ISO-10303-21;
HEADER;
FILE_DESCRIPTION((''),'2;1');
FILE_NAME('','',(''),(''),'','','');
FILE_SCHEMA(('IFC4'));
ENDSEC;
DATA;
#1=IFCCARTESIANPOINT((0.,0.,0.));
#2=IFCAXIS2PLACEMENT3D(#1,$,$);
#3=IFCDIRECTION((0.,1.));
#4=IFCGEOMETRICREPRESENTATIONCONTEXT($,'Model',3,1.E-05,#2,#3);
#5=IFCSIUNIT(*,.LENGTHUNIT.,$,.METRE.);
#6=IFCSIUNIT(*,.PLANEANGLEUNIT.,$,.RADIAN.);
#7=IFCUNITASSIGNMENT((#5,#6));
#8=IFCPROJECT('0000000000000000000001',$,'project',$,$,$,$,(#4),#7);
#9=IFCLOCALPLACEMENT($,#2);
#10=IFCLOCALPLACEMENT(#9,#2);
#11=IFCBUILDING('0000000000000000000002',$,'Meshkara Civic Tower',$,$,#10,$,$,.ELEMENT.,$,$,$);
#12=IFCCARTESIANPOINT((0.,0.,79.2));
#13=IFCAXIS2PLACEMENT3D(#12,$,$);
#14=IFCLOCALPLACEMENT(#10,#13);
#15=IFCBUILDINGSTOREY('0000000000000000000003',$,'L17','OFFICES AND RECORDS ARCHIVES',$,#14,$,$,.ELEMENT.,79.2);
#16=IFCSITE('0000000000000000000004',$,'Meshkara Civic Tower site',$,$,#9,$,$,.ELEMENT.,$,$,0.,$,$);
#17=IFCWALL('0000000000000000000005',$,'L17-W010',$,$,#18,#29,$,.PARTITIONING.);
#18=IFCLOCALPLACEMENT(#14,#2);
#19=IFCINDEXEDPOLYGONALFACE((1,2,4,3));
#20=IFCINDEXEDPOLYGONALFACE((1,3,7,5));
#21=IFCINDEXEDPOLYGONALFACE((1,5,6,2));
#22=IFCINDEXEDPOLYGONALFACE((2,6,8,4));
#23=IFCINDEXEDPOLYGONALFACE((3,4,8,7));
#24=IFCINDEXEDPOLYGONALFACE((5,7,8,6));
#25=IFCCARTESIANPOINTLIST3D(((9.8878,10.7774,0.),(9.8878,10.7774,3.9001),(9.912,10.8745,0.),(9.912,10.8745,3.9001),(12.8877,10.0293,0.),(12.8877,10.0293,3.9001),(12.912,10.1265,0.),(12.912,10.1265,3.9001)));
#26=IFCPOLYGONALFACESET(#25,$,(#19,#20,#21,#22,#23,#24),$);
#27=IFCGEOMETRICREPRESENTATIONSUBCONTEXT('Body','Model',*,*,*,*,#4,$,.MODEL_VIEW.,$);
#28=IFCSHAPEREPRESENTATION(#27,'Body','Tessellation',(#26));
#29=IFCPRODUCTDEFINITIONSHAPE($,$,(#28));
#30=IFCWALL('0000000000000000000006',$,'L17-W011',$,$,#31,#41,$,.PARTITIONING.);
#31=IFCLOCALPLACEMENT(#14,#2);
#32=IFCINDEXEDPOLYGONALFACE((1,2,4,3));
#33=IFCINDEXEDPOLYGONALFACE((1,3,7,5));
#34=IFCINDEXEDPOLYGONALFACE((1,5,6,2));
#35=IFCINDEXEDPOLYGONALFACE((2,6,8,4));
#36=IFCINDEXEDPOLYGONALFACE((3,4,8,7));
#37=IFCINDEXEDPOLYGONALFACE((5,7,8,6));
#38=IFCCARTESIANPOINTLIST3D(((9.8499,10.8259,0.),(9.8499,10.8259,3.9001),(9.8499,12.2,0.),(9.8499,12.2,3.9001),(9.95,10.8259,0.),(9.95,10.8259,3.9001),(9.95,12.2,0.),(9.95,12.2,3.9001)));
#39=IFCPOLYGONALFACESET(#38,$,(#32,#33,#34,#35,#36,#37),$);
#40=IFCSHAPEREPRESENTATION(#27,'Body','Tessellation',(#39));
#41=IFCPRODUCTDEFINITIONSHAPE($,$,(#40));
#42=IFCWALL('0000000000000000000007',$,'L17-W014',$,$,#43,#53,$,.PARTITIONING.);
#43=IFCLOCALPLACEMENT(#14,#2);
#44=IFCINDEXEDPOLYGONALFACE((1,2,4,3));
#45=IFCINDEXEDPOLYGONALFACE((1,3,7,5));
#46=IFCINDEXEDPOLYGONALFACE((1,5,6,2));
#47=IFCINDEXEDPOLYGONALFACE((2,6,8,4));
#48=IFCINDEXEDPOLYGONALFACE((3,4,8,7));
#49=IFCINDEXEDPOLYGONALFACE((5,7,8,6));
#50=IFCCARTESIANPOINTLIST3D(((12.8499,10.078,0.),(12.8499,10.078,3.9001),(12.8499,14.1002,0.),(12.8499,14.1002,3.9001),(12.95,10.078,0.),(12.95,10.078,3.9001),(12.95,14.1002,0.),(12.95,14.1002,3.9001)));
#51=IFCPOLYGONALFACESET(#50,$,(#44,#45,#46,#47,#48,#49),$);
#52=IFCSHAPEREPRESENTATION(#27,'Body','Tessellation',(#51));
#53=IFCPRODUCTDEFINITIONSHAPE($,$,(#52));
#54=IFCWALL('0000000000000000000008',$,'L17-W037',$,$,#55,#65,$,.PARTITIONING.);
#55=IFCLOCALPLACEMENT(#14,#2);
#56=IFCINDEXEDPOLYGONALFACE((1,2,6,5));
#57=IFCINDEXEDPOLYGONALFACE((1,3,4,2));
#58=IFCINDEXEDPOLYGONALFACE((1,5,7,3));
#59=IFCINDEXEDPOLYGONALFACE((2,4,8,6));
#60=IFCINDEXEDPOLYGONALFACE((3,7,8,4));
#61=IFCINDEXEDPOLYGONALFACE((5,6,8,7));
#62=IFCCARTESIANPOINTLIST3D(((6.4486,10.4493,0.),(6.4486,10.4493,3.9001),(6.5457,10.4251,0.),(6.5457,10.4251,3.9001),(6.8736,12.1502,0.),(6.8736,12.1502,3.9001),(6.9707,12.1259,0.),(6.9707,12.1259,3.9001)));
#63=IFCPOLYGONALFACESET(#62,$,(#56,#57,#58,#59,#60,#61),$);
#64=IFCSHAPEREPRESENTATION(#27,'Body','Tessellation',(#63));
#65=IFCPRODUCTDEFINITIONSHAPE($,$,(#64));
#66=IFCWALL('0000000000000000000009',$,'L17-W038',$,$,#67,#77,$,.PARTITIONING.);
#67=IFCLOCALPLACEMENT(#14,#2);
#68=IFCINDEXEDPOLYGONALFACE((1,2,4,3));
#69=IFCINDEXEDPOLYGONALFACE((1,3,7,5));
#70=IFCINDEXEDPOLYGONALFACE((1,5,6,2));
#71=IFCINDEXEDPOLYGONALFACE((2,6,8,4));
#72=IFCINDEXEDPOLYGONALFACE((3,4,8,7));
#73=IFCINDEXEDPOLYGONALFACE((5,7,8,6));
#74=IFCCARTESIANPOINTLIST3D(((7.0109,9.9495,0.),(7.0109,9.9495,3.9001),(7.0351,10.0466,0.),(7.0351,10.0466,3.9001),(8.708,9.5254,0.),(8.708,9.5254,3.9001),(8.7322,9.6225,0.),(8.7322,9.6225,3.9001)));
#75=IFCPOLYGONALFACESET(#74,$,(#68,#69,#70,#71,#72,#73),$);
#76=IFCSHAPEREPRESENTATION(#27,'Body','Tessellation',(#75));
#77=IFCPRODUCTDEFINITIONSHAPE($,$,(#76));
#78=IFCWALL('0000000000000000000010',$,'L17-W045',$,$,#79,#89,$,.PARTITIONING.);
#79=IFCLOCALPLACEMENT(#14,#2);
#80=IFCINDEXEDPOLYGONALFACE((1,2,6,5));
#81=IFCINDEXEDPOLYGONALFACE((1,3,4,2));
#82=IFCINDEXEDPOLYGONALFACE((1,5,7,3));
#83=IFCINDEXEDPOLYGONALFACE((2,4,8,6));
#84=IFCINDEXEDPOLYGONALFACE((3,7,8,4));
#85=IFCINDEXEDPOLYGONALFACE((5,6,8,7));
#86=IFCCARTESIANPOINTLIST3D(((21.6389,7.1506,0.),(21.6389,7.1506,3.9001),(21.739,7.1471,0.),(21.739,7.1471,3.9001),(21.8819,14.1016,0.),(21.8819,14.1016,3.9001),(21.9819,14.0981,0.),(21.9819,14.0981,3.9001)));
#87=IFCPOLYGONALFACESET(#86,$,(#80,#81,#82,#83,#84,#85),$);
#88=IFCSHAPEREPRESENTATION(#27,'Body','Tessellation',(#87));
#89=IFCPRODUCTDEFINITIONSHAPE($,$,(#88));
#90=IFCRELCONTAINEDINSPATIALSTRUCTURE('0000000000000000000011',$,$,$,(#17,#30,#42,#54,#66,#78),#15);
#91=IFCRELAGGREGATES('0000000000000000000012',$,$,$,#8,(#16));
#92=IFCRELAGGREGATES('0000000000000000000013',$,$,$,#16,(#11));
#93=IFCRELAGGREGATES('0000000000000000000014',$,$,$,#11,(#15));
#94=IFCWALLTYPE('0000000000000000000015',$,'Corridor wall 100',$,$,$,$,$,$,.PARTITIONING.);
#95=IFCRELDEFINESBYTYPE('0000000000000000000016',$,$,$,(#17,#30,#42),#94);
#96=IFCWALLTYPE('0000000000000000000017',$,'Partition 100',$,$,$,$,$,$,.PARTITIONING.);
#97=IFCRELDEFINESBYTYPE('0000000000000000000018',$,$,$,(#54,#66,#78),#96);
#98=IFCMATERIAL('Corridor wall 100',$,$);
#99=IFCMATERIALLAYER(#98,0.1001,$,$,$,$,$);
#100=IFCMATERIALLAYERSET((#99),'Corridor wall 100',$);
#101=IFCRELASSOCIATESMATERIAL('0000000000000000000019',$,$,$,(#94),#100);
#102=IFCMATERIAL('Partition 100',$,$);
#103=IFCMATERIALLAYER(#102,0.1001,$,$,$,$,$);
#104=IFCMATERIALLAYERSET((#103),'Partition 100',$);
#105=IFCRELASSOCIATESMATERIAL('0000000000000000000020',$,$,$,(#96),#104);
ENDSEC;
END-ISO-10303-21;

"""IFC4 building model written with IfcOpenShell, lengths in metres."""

from ifc_helpers import new_model, si_unit, direction, frame, frame_2d, origin, place, context, subcontext, project, spatial, rectangle, extrude, material, layer, layer_set, type_object, element, save


model = new_model("IFC4")

# Units and contexts
model_context = context("Model", 3, precision=1e-05, world=origin(), true_north=direction((0.0, 1.0)))
body_context = subcontext(model_context, "Body", "Model", "MODEL_VIEW")
ifc_project = project(units=[si_unit("LENGTHUNIT", "METRE"), si_unit("PLANEANGLEUNIT", "RADIAN")], contexts=[model_context])

# Site, building, storey
site_placement = place(None, origin())
site = spatial("IfcSite", under=ifc_project, at=site_placement, Name="Meshkara Civic Tower site", CompositionType="ELEMENT", RefElevation=0.0)
building_placement = place(site_placement, origin())
building = spatial("IfcBuilding", under=site, at=building_placement, Name="Meshkara Civic Tower", CompositionType="ELEMENT")
storey_placement = place(building_placement, frame((0.0, 0.0, 79.2)))
storey = spatial("IfcBuildingStorey", under=building, at=storey_placement, Name="L17", Description="OFFICES AND RECORDS ARCHIVES", CompositionType="ELEMENT", Elevation=79.2)

# Shared definitions
ifc_material_1 = material(Name="Corridor wall 100")
ifc_layer_1 = layer(ifc_material_1, 0.1001)
ifc_layer_set_1 = layer_set([ifc_layer_1], Name="Corridor wall 100")
wall_type_1 = type_object("IfcWallType", Name="Corridor wall 100", PredefinedType="PARTITIONING", material=ifc_layer_set_1)

# Walls
wall_1_placement = place(storey_placement, frame((9.8999, 10.8259, 0.0), z_axis=(0.0, 0.0, 1.0), x_axis=(0.970291, -0.241941, 0.0)))
element("IfcWall", 1, at=wall_1_placement, inside=storey, type_object=wall_type_1, Name="L17-W010", PredefinedType="PARTITIONING", context=body_context, shape_type="SweptSolid", body=[
    extrude(rectangle(XDim=3.0918, YDim=0.1001, at=frame_2d((1.5459, 0.0))), origin(), (0.0, 0.0, 1.0), 3.9001),
])
wall_2_placement = place(storey_placement, frame((9.8999, 12.2, 0.0), z_axis=(0.0, 0.0, 1.0), x_axis=(0.0, -1.0, 0.0)))
element("IfcWall", 2, at=wall_2_placement, inside=storey, type_object=wall_type_1, Name="L17-W011", PredefinedType="PARTITIONING", context=body_context, shape_type="SweptSolid", body=[
    extrude(rectangle(XDim=1.374, YDim=0.1001, at=frame_2d((0.687, 0.0))), origin(), (0.0, 0.0, 1.0), 3.9001),
])
wall_3_placement = place(storey_placement, frame((12.8999, 10.0779, 0.0), z_axis=(0.0, 0.0, 1.0), x_axis=(0.0, 1.0, 0.0)))
element("IfcWall", 3, at=wall_3_placement, inside=storey, type_object=wall_type_1, Name="L17-W014", PredefinedType="PARTITIONING", context=body_context, shape_type="SweptSolid", body=[
    extrude(rectangle(XDim=4.0222, YDim=0.1001, at=frame_2d((2.0112, 0.0))), origin(), (0.0, 0.0, 1.0), 3.9001),
])

# Walls
ifc_material_2 = material(Name="Partition 100")
ifc_layer_2 = layer(ifc_material_2, 0.1001)
ifc_layer_set_2 = layer_set([ifc_layer_2], Name="Partition 100")
wall_type_2 = type_object("IfcWallType", Name="Partition 100", PredefinedType="PARTITIONING", material=ifc_layer_set_2)
wall_4_placement = place(storey_placement, frame((6.9221, 12.1379, 0.0), z_axis=(0.0, 0.0, 1.0), x_axis=(-0.242437, -0.970167, 0.0)))
element("IfcWall", 4, at=wall_4_placement, inside=storey, type_object=wall_type_2, Name="L17-W037", PredefinedType="PARTITIONING", context=body_context, shape_type="SweptSolid", body=[
    extrude(rectangle(XDim=1.7532, YDim=0.1001, at=frame_2d((0.8765, 0.0))), origin(), (0.0, 0.0, 1.0), 3.9001),
])
wall_5_placement = place(storey_placement, frame((8.72, 9.574, 0.0), z_axis=(0.0, 0.0, 1.0), x_axis=(-0.970167, 0.242437, 0.0)))
element("IfcWall", 5, at=wall_5_placement, inside=storey, type_object=wall_type_2, Name="L17-W038", PredefinedType="PARTITIONING", context=body_context, shape_type="SweptSolid", body=[
    extrude(rectangle(XDim=1.7493, YDim=0.1001, at=frame_2d((0.8745, 0.0))), origin(), (0.0, 0.0, 1.0), 3.9001),
])
wall_6_placement = place(storey_placement, frame((21.689, 7.1489, 0.0), z_axis=(0.0, 0.0, 1.0), x_axis=(0.034925, 0.99939, 0.0)))
element("IfcWall", 6, at=wall_6_placement, inside=storey, type_object=wall_type_2, Name="L17-W045", PredefinedType="PARTITIONING", context=body_context, shape_type="SweptSolid", body=[
    extrude(rectangle(XDim=6.9553, YDim=0.1001, at=frame_2d((3.4775, 0.0))), origin(), (0.0, 0.0, 1.0), 3.9001),
])

save(model, "model.ifc")
